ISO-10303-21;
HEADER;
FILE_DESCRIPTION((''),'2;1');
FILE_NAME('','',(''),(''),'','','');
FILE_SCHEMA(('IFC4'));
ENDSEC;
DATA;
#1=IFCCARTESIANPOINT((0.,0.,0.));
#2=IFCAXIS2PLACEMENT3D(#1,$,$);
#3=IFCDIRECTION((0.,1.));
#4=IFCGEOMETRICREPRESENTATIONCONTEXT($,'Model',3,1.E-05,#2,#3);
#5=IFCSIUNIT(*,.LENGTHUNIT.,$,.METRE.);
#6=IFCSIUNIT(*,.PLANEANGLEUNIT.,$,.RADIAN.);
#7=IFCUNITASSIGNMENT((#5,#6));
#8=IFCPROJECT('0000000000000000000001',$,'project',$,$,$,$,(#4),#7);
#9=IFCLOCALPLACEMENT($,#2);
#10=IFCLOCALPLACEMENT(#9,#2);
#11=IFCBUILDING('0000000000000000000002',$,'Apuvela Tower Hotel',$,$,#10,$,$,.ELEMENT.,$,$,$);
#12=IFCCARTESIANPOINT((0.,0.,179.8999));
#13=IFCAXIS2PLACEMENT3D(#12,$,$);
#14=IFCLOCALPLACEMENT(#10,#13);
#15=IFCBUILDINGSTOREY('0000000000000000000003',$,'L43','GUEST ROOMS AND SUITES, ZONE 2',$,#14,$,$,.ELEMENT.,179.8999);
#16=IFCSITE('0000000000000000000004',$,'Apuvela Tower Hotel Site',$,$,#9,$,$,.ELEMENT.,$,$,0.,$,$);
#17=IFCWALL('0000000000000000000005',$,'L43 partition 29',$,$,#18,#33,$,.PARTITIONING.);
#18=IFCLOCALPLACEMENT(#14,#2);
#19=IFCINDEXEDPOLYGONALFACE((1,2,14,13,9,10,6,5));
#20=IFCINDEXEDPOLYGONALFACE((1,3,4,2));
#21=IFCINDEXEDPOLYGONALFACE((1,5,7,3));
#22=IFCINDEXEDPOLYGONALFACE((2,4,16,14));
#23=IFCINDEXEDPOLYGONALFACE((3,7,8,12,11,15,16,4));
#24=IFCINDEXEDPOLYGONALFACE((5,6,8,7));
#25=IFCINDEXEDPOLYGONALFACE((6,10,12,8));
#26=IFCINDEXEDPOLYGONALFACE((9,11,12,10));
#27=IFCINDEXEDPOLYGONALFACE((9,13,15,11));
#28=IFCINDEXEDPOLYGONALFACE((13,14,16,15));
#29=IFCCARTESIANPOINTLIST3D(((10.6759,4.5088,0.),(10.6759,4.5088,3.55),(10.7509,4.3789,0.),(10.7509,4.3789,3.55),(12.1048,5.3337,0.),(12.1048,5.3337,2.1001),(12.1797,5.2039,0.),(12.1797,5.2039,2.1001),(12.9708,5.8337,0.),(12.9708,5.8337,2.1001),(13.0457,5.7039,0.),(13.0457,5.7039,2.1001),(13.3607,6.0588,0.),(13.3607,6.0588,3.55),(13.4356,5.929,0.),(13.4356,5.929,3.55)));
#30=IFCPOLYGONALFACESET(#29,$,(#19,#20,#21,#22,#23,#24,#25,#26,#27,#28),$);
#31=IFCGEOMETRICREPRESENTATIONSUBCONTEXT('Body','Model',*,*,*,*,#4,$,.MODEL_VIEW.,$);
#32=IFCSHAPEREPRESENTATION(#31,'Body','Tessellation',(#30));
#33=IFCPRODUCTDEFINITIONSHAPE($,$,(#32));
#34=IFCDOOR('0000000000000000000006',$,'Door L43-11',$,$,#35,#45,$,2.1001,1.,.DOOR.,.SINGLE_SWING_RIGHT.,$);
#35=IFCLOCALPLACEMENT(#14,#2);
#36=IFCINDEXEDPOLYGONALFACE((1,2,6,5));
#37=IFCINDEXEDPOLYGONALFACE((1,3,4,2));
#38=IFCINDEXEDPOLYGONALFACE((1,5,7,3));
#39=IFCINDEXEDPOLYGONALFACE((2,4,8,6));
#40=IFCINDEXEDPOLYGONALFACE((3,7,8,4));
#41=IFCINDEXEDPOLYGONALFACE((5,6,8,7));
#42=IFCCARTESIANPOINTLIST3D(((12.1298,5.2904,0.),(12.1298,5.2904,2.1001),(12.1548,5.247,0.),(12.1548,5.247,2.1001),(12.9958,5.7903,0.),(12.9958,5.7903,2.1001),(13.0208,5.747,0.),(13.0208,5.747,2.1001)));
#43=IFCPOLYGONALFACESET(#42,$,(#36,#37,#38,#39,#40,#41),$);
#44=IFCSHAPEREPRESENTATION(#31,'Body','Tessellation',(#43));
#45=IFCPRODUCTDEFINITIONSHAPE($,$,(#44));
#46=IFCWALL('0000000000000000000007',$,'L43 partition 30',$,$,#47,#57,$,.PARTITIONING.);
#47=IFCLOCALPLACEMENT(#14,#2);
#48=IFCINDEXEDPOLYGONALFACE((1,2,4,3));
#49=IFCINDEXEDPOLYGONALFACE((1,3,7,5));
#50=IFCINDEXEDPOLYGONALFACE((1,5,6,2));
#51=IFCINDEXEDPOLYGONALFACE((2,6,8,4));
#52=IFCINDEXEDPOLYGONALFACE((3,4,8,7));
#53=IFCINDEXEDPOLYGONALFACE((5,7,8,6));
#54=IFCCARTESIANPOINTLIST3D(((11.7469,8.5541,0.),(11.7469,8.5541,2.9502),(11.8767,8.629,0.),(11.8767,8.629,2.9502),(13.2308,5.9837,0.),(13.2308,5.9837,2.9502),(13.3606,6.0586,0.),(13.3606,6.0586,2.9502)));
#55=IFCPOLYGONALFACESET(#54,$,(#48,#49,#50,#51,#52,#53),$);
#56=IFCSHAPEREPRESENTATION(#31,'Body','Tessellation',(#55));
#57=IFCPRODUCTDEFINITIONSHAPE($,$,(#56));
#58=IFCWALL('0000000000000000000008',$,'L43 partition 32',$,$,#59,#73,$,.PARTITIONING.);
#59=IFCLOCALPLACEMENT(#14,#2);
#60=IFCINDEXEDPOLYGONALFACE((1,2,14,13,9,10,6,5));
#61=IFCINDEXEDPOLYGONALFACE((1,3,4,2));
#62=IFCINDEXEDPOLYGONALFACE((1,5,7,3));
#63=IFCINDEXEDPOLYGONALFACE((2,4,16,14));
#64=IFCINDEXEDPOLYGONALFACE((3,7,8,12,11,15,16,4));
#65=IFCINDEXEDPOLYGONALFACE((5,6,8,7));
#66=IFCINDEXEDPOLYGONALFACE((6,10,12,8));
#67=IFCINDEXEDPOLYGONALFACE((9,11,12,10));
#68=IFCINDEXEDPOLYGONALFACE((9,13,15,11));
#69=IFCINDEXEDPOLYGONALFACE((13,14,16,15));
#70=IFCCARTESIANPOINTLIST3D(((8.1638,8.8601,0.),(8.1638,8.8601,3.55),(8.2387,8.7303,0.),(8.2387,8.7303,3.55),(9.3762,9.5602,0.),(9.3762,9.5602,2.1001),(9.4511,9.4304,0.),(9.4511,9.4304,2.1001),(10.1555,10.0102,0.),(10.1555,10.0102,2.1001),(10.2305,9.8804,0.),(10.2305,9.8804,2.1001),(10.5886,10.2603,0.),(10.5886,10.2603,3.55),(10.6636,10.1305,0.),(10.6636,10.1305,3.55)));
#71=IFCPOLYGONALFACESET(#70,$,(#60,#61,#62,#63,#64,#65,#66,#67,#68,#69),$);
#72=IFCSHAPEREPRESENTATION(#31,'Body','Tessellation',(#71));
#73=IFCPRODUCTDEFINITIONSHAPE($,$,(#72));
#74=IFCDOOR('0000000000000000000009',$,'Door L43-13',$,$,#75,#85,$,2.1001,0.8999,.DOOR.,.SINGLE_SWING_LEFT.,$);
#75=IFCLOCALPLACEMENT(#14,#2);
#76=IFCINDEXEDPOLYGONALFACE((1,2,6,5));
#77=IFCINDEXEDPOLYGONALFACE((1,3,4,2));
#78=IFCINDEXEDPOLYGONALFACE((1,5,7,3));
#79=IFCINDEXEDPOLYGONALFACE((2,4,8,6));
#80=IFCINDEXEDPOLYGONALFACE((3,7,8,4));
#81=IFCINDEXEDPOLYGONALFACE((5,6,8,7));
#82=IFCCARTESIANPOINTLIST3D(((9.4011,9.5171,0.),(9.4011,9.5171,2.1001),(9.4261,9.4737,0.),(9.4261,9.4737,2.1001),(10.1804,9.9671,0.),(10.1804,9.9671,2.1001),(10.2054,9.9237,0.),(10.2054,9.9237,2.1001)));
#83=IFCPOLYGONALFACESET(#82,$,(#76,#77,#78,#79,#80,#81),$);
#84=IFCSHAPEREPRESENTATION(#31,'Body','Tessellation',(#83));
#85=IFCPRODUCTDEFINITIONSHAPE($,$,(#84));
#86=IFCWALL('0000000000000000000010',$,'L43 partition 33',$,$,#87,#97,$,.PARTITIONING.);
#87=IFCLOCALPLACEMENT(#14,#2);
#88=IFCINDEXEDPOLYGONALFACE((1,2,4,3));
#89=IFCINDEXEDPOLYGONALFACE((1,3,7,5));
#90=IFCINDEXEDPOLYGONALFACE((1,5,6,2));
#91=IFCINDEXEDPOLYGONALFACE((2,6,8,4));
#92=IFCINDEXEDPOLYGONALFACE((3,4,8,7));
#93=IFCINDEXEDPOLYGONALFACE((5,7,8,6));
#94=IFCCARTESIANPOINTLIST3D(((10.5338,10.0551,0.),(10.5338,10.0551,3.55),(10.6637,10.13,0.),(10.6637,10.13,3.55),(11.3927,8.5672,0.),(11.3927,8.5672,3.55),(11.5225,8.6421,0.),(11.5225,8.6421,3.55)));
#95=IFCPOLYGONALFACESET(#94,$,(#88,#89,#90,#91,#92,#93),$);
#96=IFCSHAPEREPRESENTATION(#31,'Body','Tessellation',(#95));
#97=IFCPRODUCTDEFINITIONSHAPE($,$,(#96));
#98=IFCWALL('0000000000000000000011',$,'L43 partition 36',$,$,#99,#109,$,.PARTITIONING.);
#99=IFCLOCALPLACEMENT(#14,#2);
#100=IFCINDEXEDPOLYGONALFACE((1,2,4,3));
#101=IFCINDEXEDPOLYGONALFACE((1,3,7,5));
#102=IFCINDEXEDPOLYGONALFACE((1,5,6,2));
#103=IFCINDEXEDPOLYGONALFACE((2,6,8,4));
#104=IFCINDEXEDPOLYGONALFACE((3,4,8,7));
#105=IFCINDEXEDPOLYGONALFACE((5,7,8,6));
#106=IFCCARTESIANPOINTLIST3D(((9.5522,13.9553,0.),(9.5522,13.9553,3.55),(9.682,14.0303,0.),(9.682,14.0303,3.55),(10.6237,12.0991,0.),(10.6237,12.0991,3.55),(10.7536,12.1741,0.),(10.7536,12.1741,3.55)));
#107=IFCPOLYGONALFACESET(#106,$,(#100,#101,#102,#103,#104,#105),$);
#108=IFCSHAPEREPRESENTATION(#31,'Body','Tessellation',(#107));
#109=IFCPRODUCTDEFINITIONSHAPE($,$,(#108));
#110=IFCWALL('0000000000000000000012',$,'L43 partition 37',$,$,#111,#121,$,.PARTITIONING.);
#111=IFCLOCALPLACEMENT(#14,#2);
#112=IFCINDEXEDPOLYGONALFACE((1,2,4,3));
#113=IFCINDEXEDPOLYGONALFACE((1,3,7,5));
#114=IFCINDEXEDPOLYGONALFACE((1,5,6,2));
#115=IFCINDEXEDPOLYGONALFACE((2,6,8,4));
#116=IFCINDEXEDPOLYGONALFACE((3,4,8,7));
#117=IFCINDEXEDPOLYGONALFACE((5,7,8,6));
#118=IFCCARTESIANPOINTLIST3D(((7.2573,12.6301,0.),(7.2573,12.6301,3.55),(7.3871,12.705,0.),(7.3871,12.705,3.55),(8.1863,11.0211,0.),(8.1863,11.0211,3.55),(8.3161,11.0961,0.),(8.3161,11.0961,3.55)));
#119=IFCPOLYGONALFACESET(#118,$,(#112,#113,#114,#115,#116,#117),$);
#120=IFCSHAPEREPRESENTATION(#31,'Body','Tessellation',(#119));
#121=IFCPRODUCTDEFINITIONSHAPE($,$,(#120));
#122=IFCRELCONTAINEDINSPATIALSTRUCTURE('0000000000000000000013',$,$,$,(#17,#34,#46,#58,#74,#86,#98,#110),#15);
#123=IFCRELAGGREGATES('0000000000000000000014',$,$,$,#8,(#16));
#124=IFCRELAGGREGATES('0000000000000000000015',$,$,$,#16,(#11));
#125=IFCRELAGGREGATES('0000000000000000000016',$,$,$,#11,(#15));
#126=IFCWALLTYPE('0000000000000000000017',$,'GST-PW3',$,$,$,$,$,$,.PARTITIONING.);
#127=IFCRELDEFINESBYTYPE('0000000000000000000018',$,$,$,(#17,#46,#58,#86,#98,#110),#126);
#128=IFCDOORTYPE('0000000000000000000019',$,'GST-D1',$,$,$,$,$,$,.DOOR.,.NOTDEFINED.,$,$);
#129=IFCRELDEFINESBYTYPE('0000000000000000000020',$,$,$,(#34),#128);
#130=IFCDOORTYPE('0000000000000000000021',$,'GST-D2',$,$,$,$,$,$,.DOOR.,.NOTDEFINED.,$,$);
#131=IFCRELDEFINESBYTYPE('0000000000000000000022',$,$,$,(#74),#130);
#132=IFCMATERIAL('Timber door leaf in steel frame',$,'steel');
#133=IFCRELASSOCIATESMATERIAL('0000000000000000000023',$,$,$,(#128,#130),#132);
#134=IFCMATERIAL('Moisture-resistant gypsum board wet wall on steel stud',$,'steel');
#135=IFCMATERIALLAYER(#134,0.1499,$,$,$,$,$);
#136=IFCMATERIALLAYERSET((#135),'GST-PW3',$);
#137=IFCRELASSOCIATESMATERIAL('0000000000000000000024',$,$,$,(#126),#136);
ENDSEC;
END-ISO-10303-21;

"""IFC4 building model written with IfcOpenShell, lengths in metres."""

from ifc_helpers import new_model, si_unit, direction, frame, frame_2d, origin, place, context, subcontext, project, spatial, rectangle, extrude, material, layer, layer_set, type_object, element, fill, save


model = new_model("IFC4")

# Units and contexts
model_context = context("Model", 3, precision=1e-05, world=origin(), true_north=direction((0.0, 1.0)))
body_context = subcontext(model_context, "Body", "Model", "MODEL_VIEW")
ifc_project = project(units=[si_unit("LENGTHUNIT", "METRE"), si_unit("PLANEANGLEUNIT", "RADIAN")], contexts=[model_context])

# Site, building, storey
site_placement = place(None, origin())
site = spatial("IfcSite", under=ifc_project, at=site_placement, Name="Apuvela Tower Hotel Site", CompositionType="ELEMENT", RefElevation=0.0)
building_placement = place(site_placement, origin())
building = spatial("IfcBuilding", under=site, at=building_placement, Name="Apuvela Tower Hotel", CompositionType="ELEMENT")
storey_placement = place(building_placement, frame((0.0, 0.0, 179.8999)))
storey = spatial("IfcBuildingStorey", under=building, at=storey_placement, Name="L43", Description="GUEST ROOMS AND SUITES, ZONE 2", CompositionType="ELEMENT", Elevation=179.8999)

# Wall, opening, door
ifc_material_1 = material(Name="Timber door leaf in steel frame", Category="steel")
door_type_1 = type_object("IfcDoorType", Name="GST-D1", OperationType="NOTDEFINED", PredefinedType="DOOR", material=ifc_material_1)
ifc_material_2 = material(Name="Moisture-resistant gypsum board wet wall on steel stud", Category="steel")
ifc_layer_1 = layer(ifc_material_2, 0.1499)
ifc_layer_set_1 = layer_set([ifc_layer_1], Name="GST-PW3")
wall_type_1 = type_object("IfcWallType", Name="GST-PW3", PredefinedType="PARTITIONING", material=ifc_layer_set_1)
wall_1_placement = place(storey_placement, frame((10.7134, 4.4438, 0.0), z_axis=(0.0, 0.0, 1.0), x_axis=(0.86603, 0.499993, 0.0)))
wall_1 = element("IfcWall", 1, at=wall_1_placement, inside=storey, type_object=wall_type_1, Name="L43 partition 29", PredefinedType="PARTITIONING", context=body_context, shape_type="SweptSolid", body=[
    extrude(rectangle(XDim=3.1001, YDim=0.1499, at=frame_2d((1.55, 0.0))), origin(), (0.0, 0.0, 1.0), 3.55),
])
opening_1_placement = place(wall_1_placement, frame((1.6499, 0.0, 0.0)))
opening_1 = element("IfcOpeningElement", 2, at=opening_1_placement, cuts=wall_1, PredefinedType="OPENING", context=body_context, shape_type="SweptSolid", body=[
    extrude(rectangle(XDim=1.0, YDim=2.1001, at=frame_2d((0.5, 1.05))), frame((0.0, 0.085, 0.0), z_axis=(0.0, -1.0, 0.0), x_axis=(1.0, 0.0, 0.0)), (0.0, 0.0, 1.0), 0.1699),
])
door_1_placement = place(opening_1_placement, origin())
door_1 = element("IfcDoor", 3, at=door_1_placement, inside=storey, type_object=door_type_1, Name="Door L43-11", OperationType="SINGLE_SWING_RIGHT", OverallHeight=2.1001, OverallWidth=1.0, PredefinedType="DOOR", context=body_context, shape_type="SweptSolid", body=[
    extrude(rectangle(XDim=1.0, YDim=2.1001, at=frame_2d((0.5, 1.05))), frame((0.0, 0.0249, 0.0), z_axis=(0.0, -1.0, 0.0), x_axis=(1.0, 0.0, 0.0)), (0.0, 0.0, 1.0), 0.05),
])
fill(opening_1, door_1)

# Wall
wall_2_placement = place(storey_placement, frame((13.2957, 6.0212, 0.0), z_axis=(0.0, 0.0, 1.0), x_axis=(-0.499979, 0.866038, 0.0)))
element("IfcWall", 4, at=wall_2_placement, inside=storey, type_object=wall_type_1, Name="L43 partition 30", PredefinedType="PARTITIONING", context=body_context, shape_type="SweptSolid", body=[
    extrude(rectangle(XDim=2.968, YDim=0.1499, at=frame_2d((1.4839, 0.0))), origin(), (0.0, 0.0, 1.0), 2.9502),
])

# Wall, opening, door
wall_3_placement = place(storey_placement, frame((10.626, 10.1953, 0.0), z_axis=(0.0, 0.0, 1.0), x_axis=(-0.865997, -0.50005, 0.0)))
wall_3 = element("IfcWall", 5, at=wall_3_placement, inside=storey, type_object=wall_type_1, Name="L43 partition 32", PredefinedType="PARTITIONING", context=body_context, shape_type="SweptSolid", body=[
    extrude(rectangle(XDim=2.8, YDim=0.1499, at=frame_2d((1.3999, 0.0))), origin(), (0.0, 0.0, 1.0), 3.55),
])
opening_2_placement = place(wall_3_placement, frame((0.5, 0.0, 0.0)))
opening_2 = element("IfcOpeningElement", 6, at=opening_2_placement, cuts=wall_3, PredefinedType="OPENING", context=body_context, shape_type="SweptSolid", body=[
    extrude(rectangle(XDim=0.8999, YDim=2.1001, at=frame_2d((0.45, 1.05))), frame((0.0, 0.085, 0.0), z_axis=(0.0, -1.0, 0.0), x_axis=(1.0, 0.0, 0.0)), (0.0, 0.0, 1.0), 0.1699),
])
door_type_2 = type_object("IfcDoorType", Name="GST-D2", OperationType="NOTDEFINED", PredefinedType="DOOR", material=ifc_material_1)
door_2_placement = place(opening_2_placement, origin())
door_2 = element("IfcDoor", 7, at=door_2_placement, inside=storey, type_object=door_type_2, Name="Door L43-13", OperationType="SINGLE_SWING_LEFT", OverallHeight=2.1001, OverallWidth=0.8999, PredefinedType="DOOR", context=body_context, shape_type="SweptSolid", body=[
    extrude(rectangle(XDim=0.8999, YDim=2.1001, at=frame_2d((0.45, 1.05))), frame((0.0, 0.0249, 0.0), z_axis=(0.0, -1.0, 0.0), x_axis=(1.0, 0.0, 0.0)), (0.0, 0.0, 1.0), 0.05),
])
fill(opening_2, door_2)

# Walls
wall_4_placement = place(storey_placement, frame((11.4575, 8.6047, 0.0), z_axis=(0.0, 0.0, 1.0), x_axis=(-0.499899, 0.866084, 0.0)))
element("IfcWall", 8, at=wall_4_placement, inside=storey, type_object=wall_type_1, Name="L43 partition 33", PredefinedType="PARTITIONING", context=body_context, shape_type="SweptSolid", body=[
    extrude(rectangle(XDim=1.718, YDim=0.1499, at=frame_2d((0.8589, 0.0))), origin(), (0.0, 0.0, 1.0), 3.55),
])
wall_5_placement = place(storey_placement, frame((10.6887, 12.1365, 0.0), z_axis=(0.0, 0.0, 1.0), x_axis=(-0.499949, 0.866055, 0.0)))
element("IfcWall", 9, at=wall_5_placement, inside=storey, type_object=wall_type_1, Name="L43 partition 36", PredefinedType="PARTITIONING", context=body_context, shape_type="SweptSolid", body=[
    extrude(rectangle(XDim=2.1433, YDim=0.1499, at=frame_2d((1.0718, 0.0))), origin(), (0.0, 0.0, 1.0), 3.55),
])
wall_6_placement = place(storey_placement, frame((8.2512, 11.0586, 0.0), z_axis=(0.0, 0.0, 1.0), x_axis=(-0.500026, 0.866011, 0.0)))
element("IfcWall", 10, at=wall_6_placement, inside=storey, type_object=wall_type_1, Name="L43 partition 37", PredefinedType="PARTITIONING", context=body_context, shape_type="SweptSolid", body=[
    extrude(rectangle(XDim=1.8579, YDim=0.1499, at=frame_2d((0.929, 0.0))), origin(), (0.0, 0.0, 1.0), 3.55),
])

save(model, "model.ifc")
